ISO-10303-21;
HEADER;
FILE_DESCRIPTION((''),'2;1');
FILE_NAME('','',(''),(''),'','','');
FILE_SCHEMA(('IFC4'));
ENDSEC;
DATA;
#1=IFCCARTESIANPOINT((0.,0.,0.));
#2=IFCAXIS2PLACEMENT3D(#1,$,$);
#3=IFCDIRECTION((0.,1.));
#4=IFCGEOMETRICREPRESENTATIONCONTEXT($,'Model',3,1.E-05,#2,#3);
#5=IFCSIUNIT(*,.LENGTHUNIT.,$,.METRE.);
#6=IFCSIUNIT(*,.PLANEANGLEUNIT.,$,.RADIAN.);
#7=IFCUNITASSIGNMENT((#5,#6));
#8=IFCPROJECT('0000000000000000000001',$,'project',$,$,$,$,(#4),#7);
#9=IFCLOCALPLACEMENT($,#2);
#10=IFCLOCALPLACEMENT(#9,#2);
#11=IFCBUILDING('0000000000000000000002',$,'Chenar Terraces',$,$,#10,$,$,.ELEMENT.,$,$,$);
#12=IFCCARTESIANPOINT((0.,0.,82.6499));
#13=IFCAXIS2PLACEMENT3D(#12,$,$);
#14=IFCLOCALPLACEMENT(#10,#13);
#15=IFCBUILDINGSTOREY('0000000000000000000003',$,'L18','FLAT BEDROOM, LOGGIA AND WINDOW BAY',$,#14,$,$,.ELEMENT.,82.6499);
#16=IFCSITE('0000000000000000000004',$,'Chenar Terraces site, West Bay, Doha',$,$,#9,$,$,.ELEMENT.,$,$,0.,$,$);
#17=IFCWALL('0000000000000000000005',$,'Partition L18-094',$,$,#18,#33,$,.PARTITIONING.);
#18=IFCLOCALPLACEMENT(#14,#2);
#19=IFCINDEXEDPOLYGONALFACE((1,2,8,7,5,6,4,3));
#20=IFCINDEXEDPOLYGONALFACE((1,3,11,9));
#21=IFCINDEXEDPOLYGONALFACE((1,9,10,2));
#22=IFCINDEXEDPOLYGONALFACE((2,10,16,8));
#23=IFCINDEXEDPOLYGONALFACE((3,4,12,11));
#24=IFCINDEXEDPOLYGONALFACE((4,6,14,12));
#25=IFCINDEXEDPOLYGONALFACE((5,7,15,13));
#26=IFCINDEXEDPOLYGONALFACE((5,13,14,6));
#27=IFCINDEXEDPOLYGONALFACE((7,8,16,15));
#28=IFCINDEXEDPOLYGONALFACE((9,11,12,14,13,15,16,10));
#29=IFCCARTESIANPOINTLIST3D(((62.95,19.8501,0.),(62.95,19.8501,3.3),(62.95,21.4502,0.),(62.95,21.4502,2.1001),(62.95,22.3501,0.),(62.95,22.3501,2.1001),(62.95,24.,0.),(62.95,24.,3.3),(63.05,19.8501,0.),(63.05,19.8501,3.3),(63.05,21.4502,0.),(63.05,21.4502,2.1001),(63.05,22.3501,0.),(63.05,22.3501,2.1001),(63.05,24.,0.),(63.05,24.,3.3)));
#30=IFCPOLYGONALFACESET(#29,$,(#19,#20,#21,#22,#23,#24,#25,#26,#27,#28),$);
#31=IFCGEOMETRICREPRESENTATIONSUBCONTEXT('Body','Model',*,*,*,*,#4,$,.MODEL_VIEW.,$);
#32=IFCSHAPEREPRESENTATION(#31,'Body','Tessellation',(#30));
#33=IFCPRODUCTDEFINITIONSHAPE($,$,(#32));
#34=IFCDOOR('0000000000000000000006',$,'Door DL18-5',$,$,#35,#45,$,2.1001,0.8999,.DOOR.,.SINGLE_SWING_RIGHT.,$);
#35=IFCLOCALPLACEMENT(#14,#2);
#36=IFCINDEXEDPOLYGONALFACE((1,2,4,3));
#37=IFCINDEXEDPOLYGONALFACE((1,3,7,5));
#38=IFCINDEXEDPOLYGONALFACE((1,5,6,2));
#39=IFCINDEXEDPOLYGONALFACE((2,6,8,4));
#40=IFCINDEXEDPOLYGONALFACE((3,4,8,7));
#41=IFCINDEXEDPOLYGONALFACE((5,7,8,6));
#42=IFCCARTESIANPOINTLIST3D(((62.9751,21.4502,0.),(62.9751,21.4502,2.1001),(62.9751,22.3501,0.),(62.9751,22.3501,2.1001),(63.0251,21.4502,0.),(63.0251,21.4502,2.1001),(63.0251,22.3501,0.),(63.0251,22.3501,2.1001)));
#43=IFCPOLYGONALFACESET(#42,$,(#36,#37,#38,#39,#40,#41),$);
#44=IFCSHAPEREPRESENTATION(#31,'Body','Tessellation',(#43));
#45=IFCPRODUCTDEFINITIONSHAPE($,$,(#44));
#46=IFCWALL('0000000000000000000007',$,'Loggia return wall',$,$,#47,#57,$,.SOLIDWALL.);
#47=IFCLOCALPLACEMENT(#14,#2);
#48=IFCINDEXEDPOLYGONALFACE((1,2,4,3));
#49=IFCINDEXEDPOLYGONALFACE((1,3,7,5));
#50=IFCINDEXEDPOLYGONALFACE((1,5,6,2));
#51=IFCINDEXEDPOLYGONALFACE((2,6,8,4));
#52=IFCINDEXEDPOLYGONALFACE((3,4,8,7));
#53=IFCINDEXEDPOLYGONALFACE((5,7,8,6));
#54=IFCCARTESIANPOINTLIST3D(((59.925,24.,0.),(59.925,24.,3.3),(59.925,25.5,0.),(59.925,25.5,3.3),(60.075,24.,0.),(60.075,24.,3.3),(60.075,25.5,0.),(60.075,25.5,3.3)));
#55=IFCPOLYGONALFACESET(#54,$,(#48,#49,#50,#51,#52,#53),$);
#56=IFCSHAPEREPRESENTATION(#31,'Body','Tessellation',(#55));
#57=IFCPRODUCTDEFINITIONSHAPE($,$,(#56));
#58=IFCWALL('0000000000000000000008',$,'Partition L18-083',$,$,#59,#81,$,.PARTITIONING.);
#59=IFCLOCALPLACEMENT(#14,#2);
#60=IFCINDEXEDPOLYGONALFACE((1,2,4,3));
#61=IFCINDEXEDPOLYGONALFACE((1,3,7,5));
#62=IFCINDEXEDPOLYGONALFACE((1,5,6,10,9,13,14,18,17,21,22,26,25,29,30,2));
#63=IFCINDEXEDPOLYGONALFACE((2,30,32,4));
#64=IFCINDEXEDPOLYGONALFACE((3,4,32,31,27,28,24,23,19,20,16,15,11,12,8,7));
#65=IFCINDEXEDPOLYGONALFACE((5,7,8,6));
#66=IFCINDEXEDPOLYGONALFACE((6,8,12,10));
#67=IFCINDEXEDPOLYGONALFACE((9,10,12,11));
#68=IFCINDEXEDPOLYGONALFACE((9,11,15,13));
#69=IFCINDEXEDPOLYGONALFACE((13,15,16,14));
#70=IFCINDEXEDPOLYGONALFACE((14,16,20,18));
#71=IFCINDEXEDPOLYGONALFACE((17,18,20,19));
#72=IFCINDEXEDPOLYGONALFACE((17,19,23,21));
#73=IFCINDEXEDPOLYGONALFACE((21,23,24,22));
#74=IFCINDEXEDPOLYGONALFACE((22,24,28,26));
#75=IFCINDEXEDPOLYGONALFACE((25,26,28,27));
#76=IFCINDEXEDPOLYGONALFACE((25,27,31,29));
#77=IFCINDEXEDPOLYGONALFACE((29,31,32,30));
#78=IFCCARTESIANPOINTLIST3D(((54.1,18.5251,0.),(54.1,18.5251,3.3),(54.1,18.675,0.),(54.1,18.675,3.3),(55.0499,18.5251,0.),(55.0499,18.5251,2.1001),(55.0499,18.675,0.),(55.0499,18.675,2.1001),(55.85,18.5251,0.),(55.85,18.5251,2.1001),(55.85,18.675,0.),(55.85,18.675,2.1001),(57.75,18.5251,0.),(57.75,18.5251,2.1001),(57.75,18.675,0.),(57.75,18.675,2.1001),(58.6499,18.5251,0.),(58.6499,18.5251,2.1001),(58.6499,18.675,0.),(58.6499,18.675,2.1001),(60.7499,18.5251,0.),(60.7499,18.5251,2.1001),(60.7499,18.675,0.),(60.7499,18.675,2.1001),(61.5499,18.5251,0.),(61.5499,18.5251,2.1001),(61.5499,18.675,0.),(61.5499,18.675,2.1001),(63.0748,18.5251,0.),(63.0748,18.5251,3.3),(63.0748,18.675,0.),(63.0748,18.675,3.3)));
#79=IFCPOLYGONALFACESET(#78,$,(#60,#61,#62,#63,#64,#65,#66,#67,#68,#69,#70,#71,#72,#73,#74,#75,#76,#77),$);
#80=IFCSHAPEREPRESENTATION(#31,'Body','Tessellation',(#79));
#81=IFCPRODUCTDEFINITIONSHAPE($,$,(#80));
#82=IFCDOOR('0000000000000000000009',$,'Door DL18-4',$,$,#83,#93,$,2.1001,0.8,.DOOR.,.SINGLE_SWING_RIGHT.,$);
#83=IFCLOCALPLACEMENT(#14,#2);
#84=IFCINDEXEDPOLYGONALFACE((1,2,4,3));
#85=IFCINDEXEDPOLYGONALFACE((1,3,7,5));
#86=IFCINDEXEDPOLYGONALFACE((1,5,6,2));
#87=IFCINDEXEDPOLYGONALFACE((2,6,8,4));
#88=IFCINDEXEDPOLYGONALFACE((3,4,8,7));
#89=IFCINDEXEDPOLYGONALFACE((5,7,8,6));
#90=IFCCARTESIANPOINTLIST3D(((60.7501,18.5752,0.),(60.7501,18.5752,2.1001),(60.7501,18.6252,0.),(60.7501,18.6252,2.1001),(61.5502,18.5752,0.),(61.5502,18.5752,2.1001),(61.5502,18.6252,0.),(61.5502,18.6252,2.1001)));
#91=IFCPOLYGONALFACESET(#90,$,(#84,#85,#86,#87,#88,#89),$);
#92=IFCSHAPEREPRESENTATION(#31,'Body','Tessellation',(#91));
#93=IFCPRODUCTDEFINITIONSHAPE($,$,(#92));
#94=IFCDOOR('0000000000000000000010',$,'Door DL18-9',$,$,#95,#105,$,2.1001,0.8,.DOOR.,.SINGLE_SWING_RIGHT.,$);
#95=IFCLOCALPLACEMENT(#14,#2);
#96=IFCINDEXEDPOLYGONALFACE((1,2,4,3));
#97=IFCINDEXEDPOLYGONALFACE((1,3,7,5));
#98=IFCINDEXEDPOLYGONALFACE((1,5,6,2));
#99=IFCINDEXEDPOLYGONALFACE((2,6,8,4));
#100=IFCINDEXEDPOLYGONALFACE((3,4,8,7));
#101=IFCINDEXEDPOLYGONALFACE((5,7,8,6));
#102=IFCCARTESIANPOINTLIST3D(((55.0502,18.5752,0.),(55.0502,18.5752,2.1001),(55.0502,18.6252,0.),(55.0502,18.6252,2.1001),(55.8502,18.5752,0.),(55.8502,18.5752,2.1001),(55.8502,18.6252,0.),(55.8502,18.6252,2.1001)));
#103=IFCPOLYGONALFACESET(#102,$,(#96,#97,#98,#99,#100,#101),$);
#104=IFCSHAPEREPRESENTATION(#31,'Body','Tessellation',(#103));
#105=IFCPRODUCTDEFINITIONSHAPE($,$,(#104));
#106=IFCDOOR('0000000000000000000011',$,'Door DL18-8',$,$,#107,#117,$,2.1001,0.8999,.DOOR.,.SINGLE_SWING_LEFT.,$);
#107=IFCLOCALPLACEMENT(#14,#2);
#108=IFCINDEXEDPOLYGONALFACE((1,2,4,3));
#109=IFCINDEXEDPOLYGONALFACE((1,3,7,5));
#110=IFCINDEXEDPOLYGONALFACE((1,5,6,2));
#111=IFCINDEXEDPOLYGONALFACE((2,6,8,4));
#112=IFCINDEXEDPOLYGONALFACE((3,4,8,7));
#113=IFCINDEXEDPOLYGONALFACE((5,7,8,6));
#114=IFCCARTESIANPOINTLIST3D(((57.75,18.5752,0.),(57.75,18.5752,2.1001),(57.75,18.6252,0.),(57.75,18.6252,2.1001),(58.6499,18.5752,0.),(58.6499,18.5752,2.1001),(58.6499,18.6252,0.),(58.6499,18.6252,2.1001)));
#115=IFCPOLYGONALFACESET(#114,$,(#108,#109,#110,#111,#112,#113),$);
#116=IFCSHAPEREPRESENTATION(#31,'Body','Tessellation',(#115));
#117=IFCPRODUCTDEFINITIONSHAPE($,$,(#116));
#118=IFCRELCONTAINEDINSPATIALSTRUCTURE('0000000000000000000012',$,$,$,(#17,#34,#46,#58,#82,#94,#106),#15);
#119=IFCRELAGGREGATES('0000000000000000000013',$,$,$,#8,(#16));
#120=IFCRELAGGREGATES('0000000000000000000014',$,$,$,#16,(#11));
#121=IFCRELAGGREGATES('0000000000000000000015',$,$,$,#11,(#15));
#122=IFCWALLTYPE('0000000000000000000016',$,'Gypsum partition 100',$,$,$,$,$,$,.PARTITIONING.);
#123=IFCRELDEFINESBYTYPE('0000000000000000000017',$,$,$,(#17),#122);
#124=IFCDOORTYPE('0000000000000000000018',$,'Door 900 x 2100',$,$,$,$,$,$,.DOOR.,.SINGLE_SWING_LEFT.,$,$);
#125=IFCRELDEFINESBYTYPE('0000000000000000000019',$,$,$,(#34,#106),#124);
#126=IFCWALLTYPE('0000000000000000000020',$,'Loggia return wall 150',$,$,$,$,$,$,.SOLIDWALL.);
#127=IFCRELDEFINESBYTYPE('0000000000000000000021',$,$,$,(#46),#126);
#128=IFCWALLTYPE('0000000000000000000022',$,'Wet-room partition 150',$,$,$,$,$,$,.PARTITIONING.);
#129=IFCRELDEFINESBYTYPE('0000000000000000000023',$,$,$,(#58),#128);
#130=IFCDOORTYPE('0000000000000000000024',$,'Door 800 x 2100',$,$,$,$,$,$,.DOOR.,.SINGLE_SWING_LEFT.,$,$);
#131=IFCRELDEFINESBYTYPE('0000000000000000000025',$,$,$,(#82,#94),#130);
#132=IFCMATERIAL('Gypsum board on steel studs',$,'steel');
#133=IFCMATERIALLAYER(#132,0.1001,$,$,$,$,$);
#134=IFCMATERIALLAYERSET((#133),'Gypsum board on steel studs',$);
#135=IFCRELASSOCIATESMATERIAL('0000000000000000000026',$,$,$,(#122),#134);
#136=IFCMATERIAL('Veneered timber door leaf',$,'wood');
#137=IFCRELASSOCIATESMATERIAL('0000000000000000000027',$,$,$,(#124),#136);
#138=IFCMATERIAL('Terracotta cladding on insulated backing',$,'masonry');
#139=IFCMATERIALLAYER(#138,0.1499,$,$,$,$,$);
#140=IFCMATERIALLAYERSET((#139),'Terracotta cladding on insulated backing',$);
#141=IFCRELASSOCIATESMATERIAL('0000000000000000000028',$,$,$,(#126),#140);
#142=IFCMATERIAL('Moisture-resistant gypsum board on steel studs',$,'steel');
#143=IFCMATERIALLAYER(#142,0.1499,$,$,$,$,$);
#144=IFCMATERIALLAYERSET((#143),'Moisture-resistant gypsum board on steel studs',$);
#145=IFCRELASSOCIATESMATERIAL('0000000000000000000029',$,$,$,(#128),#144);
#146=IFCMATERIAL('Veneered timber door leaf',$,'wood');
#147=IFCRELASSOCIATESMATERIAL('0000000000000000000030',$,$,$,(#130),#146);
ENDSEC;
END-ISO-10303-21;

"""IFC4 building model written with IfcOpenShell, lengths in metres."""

from ifc_helpers import new_model, si_unit, direction, frame, frame_2d, origin, place, context, subcontext, project, spatial, rectangle, extrude, material, layer, layer_set, type_object, element, fill, save


model = new_model("IFC4")

# Units and contexts
model_context = context("Model", 3, precision=1e-05, world=origin(), true_north=direction((0.0, 1.0)))
body_context = subcontext(model_context, "Body", "Model", "MODEL_VIEW")
ifc_project = project(units=[si_unit("LENGTHUNIT", "METRE"), si_unit("PLANEANGLEUNIT", "RADIAN")], contexts=[model_context])

# Site, building, storey
site_placement = place(None, origin())
site = spatial("IfcSite", under=ifc_project, at=site_placement, Name="Chenar Terraces site, West Bay, Doha", CompositionType="ELEMENT", RefElevation=0.0)
building_placement = place(site_placement, origin())
building = spatial("IfcBuilding", under=site, at=building_placement, Name="Chenar Terraces", CompositionType="ELEMENT")
storey_placement = place(building_placement, frame((0.0, 0.0, 82.6499)))
storey = spatial("IfcBuildingStorey", under=building, at=storey_placement, Name="L18", Description="FLAT BEDROOM, LOGGIA AND WINDOW BAY", CompositionType="ELEMENT", Elevation=82.6499)

# Shared definitions
ifc_material_1 = material(Name="Gypsum board on steel studs", Category="steel")
ifc_layer_1 = layer(ifc_material_1, 0.1001)
ifc_layer_set_1 = layer_set([ifc_layer_1], Name="Gypsum board on steel studs")
wall_type_1 = type_object("IfcWallType", Name="Gypsum partition 100", PredefinedType="PARTITIONING", material=ifc_layer_set_1)
ifc_material_2 = material(Name="Veneered timber door leaf", Category="wood")
door_type_1 = type_object("IfcDoorType", Name="Door 900 x 2100", OperationType="SINGLE_SWING_LEFT", PredefinedType="DOOR", material=ifc_material_2)

# Wall, opening, door
wall_1_placement = place(storey_placement, frame((63.0, 19.8501, 0.0), z_axis=(0.0, 0.0, 1.0), x_axis=(0.0, 1.0, 0.0)))
wall_1 = element("IfcWall", 1, at=wall_1_placement, inside=storey, type_object=wall_type_1, Name="Partition L18-094", PredefinedType="PARTITIONING", context=body_context, shape_type="SweptSolid", body=[
    extrude(rectangle(XDim=4.1499, YDim=0.1001, at=frame_2d((2.075, 0.0))), origin(), (0.0, 0.0, 1.0), 3.3),
])
opening_1_placement = place(wall_1_placement, frame((1.6001, 0.0, 0.0)))
opening_1 = element("IfcOpeningElement", 2, at=opening_1_placement, cuts=wall_1, PredefinedType="OPENING", context=body_context, shape_type="SweptSolid", body=[
    extrude(rectangle(XDim=0.8999, YDim=2.1001, at=frame_2d((0.45, 1.05))), frame((0.0, 0.0601, 0.0), z_axis=(0.0, -1.0, 0.0), x_axis=(1.0, 0.0, 0.0)), (0.0, 0.0, 1.0), 0.1201),
])
door_1_placement = place(opening_1_placement, origin())
door_1 = element("IfcDoor", 3, at=door_1_placement, inside=storey, type_object=door_type_1, Name="Door DL18-5", OperationType="SINGLE_SWING_RIGHT", OverallHeight=2.1001, OverallWidth=0.8999, PredefinedType="DOOR", context=body_context, shape_type="SweptSolid", body=[
    extrude(rectangle(XDim=0.8999, YDim=2.1001, at=frame_2d((0.45, 1.05))), frame((0.0, 0.0249, 0.0), z_axis=(0.0, -1.0, 0.0), x_axis=(1.0, 0.0, 0.0)), (0.0, 0.0, 1.0), 0.05),
])
fill(opening_1, door_1)

# Wall
ifc_material_3 = material(Name="Terracotta cladding on insulated backing", Category="masonry")
ifc_layer_2 = layer(ifc_material_3, 0.1499)
ifc_layer_set_2 = layer_set([ifc_layer_2], Name="Terracotta cladding on insulated backing")
wall_type_2 = type_object("IfcWallType", Name="Loggia return wall 150", PredefinedType="SOLIDWALL", material=ifc_layer_set_2)
wall_2_placement = place(storey_placement, frame((60.0, 25.5, 0.0), z_axis=(0.0, 0.0, 1.0), x_axis=(0.0, -1.0, 0.0)))
element("IfcWall", 4, at=wall_2_placement, inside=storey, type_object=wall_type_2, Name="Loggia return wall", PredefinedType="SOLIDWALL", context=body_context, shape_type="SweptSolid", body=[
    extrude(rectangle(XDim=1.5, YDim=0.1499, at=frame_2d((0.75, 0.0))), origin(), (0.0, 0.0, 1.0), 3.3),
])

# Wall, openings, doors
ifc_material_4 = material(Name="Moisture-resistant gypsum board on steel studs", Category="steel")
ifc_layer_3 = layer(ifc_material_4, 0.1499)
ifc_layer_set_3 = layer_set([ifc_layer_3], Name="Moisture-resistant gypsum board on steel studs")
wall_type_3 = type_object("IfcWallType", Name="Wet-room partition 150", PredefinedType="PARTITIONING", material=ifc_layer_set_3)
wall_3_placement = place(storey_placement, frame((54.1001, 18.6001, 0.0), z_axis=(0.0, 0.0, 1.0), x_axis=(1.0, 0.0, 0.0)))
wall_3 = element("IfcWall", 5, at=wall_3_placement, inside=storey, type_object=wall_type_3, Name="Partition L18-083", PredefinedType="PARTITIONING", context=body_context, shape_type="SweptSolid", body=[
    extrude(rectangle(XDim=8.9749, YDim=0.1499, at=frame_2d((4.4873, 0.0))), origin(), (0.0, 0.0, 1.0), 3.3),
])
opening_2_placement = place(wall_3_placement, frame((6.6499, 0.0, 0.0)))
opening_2 = element("IfcOpeningElement", 6, at=opening_2_placement, cuts=wall_3, PredefinedType="OPENING", context=body_context, shape_type="SweptSolid", body=[
    extrude(rectangle(XDim=0.8, YDim=2.1001, at=frame_2d((0.3999, 1.05))), frame((0.0, 0.085, 0.0), z_axis=(0.0, -1.0, 0.0), x_axis=(1.0, 0.0, 0.0)), (0.0, 0.0, 1.0), 0.1699),
])
opening_3_placement = place(wall_3_placement, frame((3.6499, 0.0, 0.0)))
opening_3 = element("IfcOpeningElement", 7, at=opening_3_placement, cuts=wall_3, PredefinedType="OPENING", context=body_context, shape_type="SweptSolid", body=[
    extrude(rectangle(XDim=0.8999, YDim=2.1001, at=frame_2d((0.45, 1.05))), frame((0.0, 0.085, 0.0), z_axis=(0.0, -1.0, 0.0), x_axis=(1.0, 0.0, 0.0)), (0.0, 0.0, 1.0), 0.1699),
])
opening_4_placement = place(wall_3_placement, frame((0.95, 0.0, 0.0)))
opening_4 = element("IfcOpeningElement", 8, at=opening_4_placement, cuts=wall_3, PredefinedType="OPENING", context=body_context, shape_type="SweptSolid", body=[
    extrude(rectangle(XDim=0.8, YDim=2.1001, at=frame_2d((0.3999, 1.05))), frame((0.0, 0.085, 0.0), z_axis=(0.0, -1.0, 0.0), x_axis=(1.0, 0.0, 0.0)), (0.0, 0.0, 1.0), 0.1699),
])
ifc_material_5 = material(Name="Veneered timber door leaf", Category="wood")
door_type_2 = type_object("IfcDoorType", Name="Door 800 x 2100", OperationType="SINGLE_SWING_LEFT", PredefinedType="DOOR", material=ifc_material_5)
door_2_placement = place(opening_2_placement, frame((0.8, 0.0, 0.0), z_axis=(0.0, 0.0, 1.0), x_axis=(-1.0, 0.0, 0.0)))
door_2 = element("IfcDoor", 9, at=door_2_placement, inside=storey, type_object=door_type_2, Name="Door DL18-4", OperationType="SINGLE_SWING_RIGHT", OverallHeight=2.1001, OverallWidth=0.8, PredefinedType="DOOR", context=body_context, shape_type="SweptSolid", body=[
    extrude(rectangle(XDim=0.8, YDim=2.1001, at=frame_2d((0.3999, 1.05))), frame((0.0, 0.0249, 0.0), z_axis=(0.0, -1.0, 0.0), x_axis=(1.0, 0.0, 0.0)), (0.0, 0.0, 1.0), 0.05),
])
fill(opening_2, door_2)
door_3_placement = place(opening_4_placement, frame((0.8, 0.0, 0.0), z_axis=(0.0, 0.0, 1.0), x_axis=(-1.0, 0.0, 0.0)))
door_3 = element("IfcDoor", 10, at=door_3_placement, inside=storey, type_object=door_type_2, Name="Door DL18-9", OperationType="SINGLE_SWING_RIGHT", OverallHeight=2.1001, OverallWidth=0.8, PredefinedType="DOOR", context=body_context, shape_type="SweptSolid", body=[
    extrude(rectangle(XDim=0.8, YDim=2.1001, at=frame_2d((0.3999, 1.05))), frame((0.0, 0.0249, 0.0), z_axis=(0.0, -1.0, 0.0), x_axis=(1.0, 0.0, 0.0)), (0.0, 0.0, 1.0), 0.05),
])
fill(opening_4, door_3)
door_4_placement = place(opening_3_placement, frame((0.8999, 0.0, 0.0), z_axis=(0.0, 0.0, 1.0), x_axis=(-1.0, 0.0, 0.0)))
door_4 = element("IfcDoor", 11, at=door_4_placement, inside=storey, type_object=door_type_1, Name="Door DL18-8", OperationType="SINGLE_SWING_LEFT", OverallHeight=2.1001, OverallWidth=0.8999, PredefinedType="DOOR", context=body_context, shape_type="SweptSolid", body=[
    extrude(rectangle(XDim=0.8999, YDim=2.1001, at=frame_2d((0.45, 1.05))), frame((0.0, 0.0249, 0.0), z_axis=(0.0, -1.0, 0.0), x_axis=(1.0, 0.0, 0.0)), (0.0, 0.0, 1.0), 0.05),
])
fill(opening_3, door_4)

save(model, "model.ifc")
